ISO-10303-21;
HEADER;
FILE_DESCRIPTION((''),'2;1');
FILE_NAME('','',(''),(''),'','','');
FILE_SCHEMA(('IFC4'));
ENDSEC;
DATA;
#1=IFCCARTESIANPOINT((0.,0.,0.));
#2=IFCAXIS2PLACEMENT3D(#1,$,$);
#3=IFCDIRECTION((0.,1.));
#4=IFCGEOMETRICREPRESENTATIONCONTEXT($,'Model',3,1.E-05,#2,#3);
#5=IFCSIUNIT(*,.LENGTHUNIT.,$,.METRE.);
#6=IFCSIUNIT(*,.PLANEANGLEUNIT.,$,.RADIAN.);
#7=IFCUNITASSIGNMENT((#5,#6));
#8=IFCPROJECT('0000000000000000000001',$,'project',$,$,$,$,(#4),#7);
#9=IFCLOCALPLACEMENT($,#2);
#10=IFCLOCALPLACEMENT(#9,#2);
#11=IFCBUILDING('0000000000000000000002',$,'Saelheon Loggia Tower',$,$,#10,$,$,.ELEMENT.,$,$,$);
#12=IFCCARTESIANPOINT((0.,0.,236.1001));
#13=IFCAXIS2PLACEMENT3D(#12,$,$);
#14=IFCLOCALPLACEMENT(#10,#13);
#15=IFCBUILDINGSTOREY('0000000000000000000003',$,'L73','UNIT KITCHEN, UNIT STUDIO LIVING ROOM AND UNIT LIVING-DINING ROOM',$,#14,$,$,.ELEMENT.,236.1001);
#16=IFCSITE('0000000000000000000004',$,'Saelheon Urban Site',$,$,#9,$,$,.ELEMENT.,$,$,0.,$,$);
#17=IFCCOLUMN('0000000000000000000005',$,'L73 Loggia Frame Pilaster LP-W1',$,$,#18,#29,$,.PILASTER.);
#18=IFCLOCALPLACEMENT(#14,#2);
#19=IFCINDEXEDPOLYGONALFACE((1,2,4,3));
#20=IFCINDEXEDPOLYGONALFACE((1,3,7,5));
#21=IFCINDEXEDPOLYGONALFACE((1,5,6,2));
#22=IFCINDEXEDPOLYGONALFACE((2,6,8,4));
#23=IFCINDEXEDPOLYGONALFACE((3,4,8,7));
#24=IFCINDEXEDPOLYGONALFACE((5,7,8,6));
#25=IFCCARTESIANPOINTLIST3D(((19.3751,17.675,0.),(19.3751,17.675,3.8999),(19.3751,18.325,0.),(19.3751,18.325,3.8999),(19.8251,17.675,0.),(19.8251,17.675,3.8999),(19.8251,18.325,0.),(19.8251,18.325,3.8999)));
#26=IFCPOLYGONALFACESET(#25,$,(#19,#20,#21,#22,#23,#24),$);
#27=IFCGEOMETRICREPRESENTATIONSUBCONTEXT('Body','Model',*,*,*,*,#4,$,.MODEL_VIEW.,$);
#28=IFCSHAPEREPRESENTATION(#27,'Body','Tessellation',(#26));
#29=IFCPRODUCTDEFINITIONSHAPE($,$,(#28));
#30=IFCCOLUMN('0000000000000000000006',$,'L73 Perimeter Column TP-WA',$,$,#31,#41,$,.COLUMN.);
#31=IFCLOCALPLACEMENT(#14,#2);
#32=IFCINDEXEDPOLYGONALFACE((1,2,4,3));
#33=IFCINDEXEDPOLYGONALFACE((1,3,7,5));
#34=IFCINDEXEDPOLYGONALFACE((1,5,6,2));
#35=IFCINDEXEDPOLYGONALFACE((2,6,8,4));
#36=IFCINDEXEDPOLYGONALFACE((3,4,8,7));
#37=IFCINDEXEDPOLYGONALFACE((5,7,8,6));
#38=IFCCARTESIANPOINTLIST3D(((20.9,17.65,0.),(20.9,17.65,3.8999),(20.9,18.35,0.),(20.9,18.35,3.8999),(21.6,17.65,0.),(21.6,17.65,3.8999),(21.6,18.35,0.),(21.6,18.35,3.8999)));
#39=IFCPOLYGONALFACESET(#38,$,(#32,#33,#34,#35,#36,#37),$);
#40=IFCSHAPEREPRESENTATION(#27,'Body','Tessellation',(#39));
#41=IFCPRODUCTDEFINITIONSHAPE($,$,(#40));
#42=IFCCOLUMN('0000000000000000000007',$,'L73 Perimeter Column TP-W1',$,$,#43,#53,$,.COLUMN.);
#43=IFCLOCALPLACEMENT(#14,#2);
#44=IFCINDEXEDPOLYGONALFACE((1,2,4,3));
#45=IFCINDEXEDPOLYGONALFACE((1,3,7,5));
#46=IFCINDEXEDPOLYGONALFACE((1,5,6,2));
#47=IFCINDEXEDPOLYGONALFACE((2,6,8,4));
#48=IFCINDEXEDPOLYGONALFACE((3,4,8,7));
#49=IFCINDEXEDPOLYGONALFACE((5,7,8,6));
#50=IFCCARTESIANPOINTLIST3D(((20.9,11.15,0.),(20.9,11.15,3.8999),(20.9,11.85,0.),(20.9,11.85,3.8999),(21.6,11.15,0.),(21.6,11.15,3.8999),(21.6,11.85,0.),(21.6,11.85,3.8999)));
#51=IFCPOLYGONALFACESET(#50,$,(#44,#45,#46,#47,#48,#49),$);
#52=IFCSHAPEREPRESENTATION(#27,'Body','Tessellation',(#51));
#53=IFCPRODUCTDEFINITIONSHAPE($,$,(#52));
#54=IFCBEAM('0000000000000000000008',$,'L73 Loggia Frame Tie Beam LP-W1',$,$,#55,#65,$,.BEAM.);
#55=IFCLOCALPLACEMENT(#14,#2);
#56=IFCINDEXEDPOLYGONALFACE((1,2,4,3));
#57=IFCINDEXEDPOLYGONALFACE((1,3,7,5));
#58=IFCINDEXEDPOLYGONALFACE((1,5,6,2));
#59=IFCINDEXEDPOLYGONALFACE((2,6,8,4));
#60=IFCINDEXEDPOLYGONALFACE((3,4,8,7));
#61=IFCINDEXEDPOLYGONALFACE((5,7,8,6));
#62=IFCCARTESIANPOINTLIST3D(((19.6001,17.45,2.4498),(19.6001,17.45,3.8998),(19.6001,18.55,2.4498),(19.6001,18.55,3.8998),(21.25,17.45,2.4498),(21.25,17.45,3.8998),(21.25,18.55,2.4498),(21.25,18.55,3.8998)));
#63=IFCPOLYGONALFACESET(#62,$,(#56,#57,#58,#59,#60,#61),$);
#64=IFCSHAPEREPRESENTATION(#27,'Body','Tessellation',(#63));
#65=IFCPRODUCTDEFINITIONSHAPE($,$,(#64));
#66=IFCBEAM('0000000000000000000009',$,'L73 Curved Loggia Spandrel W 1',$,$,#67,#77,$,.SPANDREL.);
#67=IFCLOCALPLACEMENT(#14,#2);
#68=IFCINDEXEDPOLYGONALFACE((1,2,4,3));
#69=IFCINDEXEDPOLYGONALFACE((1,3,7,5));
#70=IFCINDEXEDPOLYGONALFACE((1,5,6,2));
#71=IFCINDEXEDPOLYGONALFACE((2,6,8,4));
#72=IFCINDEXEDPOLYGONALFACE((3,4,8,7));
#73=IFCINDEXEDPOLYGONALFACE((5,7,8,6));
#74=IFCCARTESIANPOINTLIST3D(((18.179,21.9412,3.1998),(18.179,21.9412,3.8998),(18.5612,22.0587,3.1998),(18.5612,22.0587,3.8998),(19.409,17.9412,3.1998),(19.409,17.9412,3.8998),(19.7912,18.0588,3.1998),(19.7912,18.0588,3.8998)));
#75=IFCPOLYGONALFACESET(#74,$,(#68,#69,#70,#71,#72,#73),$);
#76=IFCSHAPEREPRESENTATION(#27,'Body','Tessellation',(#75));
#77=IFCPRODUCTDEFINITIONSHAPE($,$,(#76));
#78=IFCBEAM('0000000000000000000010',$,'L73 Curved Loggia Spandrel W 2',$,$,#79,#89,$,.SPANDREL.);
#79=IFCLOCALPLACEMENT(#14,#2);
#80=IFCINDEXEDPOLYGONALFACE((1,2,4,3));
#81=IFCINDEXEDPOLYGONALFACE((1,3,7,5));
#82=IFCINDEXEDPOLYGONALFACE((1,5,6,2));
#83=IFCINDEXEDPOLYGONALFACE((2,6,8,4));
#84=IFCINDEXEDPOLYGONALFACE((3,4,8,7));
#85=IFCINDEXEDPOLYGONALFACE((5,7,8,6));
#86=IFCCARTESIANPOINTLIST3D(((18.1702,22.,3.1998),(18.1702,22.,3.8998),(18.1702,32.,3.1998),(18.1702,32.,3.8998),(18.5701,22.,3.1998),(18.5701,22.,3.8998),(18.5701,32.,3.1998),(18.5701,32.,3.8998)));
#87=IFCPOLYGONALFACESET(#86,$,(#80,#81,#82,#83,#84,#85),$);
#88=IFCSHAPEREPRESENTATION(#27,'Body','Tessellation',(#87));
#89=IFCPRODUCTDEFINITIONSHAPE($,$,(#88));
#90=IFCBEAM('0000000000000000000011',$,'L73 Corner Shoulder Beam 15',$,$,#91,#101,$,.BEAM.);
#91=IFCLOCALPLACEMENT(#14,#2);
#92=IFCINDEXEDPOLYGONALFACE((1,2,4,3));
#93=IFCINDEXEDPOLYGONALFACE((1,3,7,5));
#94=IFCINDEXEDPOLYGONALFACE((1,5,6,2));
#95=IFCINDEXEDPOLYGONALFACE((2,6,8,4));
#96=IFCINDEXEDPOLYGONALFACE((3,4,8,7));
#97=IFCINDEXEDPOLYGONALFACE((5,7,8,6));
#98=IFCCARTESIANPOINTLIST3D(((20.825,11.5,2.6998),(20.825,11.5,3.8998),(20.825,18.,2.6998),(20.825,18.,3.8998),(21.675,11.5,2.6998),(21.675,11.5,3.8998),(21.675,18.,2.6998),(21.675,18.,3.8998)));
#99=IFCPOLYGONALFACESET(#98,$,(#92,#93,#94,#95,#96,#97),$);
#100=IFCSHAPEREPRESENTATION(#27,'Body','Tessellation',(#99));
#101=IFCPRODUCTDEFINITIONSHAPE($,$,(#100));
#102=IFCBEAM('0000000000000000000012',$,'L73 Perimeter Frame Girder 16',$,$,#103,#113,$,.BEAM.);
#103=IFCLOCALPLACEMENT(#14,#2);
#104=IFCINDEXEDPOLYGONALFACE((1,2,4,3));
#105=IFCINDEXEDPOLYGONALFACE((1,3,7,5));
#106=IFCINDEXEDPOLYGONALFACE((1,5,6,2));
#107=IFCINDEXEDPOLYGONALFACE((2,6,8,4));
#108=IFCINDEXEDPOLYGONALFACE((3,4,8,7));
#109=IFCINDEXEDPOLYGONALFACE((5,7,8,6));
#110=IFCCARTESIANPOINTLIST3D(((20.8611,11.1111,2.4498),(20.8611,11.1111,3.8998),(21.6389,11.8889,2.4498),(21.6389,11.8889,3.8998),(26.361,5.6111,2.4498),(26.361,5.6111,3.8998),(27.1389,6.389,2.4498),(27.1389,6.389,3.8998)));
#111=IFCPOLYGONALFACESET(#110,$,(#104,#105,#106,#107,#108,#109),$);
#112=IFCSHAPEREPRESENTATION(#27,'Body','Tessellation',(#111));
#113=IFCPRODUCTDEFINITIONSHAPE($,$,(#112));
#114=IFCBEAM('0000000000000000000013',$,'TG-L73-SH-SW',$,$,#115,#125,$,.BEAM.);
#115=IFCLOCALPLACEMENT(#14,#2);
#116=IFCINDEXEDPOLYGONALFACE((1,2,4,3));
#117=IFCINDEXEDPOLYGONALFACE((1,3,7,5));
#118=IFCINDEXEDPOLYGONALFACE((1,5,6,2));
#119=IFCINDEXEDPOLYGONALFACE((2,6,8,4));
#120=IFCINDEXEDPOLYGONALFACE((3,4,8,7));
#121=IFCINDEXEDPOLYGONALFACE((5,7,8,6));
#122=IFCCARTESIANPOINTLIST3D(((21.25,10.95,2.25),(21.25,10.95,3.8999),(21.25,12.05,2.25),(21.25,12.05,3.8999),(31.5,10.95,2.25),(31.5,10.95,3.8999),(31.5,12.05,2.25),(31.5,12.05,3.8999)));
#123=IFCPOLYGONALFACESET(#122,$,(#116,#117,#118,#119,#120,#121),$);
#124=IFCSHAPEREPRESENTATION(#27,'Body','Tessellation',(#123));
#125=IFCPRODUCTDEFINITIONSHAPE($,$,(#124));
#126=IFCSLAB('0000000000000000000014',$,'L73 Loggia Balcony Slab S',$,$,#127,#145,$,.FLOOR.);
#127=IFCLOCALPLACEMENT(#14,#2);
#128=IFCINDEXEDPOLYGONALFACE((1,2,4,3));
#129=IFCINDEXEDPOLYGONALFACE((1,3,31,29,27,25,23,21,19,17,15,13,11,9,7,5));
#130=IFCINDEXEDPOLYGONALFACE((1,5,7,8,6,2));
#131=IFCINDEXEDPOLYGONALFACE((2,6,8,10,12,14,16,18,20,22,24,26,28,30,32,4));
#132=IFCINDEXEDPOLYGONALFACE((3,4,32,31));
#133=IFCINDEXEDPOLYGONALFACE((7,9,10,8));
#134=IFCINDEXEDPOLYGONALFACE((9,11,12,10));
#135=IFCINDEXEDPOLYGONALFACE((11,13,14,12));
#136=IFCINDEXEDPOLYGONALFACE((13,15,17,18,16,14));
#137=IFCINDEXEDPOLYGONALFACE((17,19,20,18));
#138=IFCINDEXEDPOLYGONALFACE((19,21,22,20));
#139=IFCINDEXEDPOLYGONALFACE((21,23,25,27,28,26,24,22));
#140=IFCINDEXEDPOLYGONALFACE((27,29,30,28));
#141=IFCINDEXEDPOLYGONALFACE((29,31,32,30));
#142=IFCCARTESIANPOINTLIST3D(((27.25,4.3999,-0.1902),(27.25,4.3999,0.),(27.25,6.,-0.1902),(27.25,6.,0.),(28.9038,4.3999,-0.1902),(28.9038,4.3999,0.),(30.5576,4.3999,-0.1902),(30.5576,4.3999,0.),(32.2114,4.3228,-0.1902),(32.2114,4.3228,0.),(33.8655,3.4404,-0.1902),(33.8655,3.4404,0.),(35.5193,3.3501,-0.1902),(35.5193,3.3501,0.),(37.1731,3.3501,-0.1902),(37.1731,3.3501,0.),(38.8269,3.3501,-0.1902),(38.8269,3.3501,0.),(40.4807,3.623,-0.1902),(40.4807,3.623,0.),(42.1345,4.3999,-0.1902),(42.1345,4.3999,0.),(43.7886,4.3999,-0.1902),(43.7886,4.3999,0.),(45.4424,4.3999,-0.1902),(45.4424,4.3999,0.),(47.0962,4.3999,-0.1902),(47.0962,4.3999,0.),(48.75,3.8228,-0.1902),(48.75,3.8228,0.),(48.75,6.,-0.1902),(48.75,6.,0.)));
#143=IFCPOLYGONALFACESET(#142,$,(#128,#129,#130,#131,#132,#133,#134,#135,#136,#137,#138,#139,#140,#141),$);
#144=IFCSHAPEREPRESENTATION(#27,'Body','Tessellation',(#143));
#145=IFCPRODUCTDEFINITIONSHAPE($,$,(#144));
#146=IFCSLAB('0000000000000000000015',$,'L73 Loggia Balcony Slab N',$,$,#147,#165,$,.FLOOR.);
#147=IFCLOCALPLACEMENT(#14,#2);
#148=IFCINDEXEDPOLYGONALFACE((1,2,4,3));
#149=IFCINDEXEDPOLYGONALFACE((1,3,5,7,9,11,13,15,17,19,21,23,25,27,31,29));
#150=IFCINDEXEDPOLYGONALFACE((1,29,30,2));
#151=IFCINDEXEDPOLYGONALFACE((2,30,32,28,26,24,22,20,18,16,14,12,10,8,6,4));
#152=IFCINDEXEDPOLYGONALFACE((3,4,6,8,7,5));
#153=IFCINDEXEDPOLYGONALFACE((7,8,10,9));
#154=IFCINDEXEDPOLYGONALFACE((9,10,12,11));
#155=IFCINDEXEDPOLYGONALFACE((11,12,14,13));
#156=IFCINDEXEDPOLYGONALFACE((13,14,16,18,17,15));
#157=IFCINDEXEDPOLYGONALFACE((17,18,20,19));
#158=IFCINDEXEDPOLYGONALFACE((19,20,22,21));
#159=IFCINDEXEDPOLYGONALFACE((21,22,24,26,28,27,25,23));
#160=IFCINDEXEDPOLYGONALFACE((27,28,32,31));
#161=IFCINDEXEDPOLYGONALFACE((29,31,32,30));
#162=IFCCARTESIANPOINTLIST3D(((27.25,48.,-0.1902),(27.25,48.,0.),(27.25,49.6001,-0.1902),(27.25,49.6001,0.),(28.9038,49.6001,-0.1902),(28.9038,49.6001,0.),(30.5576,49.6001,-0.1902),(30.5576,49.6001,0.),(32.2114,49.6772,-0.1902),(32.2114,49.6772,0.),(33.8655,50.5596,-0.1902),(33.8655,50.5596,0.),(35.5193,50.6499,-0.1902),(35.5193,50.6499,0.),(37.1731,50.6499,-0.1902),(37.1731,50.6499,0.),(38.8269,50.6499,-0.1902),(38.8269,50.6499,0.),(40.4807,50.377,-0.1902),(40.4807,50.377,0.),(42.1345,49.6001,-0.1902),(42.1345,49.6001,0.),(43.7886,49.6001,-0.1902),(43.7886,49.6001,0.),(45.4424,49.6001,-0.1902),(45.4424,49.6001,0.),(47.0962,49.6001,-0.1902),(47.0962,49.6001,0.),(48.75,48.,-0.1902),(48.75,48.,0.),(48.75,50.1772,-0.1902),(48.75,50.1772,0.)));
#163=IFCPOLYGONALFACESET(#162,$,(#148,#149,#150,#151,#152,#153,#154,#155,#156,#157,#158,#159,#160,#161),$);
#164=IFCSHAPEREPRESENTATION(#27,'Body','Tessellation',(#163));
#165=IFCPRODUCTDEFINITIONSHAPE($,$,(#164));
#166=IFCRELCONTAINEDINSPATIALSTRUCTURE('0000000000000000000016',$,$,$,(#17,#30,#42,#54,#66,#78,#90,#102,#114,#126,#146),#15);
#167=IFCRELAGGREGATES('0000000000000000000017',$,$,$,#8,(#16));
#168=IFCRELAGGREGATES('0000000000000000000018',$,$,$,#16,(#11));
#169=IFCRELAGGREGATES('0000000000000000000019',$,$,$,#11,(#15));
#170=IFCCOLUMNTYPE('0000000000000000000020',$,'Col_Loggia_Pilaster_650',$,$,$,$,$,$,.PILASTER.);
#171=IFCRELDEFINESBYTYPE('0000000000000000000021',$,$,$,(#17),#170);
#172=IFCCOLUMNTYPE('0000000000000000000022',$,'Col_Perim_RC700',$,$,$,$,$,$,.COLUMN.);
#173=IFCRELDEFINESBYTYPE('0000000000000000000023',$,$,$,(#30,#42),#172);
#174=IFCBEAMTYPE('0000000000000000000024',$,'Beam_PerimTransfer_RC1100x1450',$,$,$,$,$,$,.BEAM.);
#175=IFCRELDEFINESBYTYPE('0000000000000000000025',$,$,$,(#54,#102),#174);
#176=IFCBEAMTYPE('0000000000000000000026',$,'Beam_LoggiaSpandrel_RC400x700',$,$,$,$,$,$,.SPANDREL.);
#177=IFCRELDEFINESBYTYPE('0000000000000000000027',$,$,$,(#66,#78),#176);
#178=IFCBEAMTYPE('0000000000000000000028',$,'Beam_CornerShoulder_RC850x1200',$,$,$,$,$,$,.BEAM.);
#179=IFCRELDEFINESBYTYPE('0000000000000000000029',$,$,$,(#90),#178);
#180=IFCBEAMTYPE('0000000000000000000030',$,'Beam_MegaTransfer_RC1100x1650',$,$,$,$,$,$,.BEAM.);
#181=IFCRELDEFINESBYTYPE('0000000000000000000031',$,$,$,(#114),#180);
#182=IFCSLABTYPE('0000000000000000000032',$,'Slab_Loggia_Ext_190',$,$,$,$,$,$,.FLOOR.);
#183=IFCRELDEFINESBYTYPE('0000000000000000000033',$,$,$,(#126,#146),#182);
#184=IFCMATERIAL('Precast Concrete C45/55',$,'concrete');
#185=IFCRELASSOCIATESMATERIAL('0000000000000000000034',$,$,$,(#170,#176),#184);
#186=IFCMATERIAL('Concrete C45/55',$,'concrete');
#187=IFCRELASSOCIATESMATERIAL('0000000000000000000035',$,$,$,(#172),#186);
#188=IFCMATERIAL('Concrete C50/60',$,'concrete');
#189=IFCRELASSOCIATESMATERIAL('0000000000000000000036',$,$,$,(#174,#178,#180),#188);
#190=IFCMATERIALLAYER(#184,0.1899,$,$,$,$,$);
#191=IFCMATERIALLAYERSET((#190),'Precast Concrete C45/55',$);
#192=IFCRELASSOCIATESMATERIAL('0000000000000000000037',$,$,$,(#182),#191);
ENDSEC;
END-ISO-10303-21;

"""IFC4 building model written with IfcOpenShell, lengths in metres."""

from ifc_helpers import new_model, si_unit, direction, frame, origin, origin_2d, place, context, subcontext, project, spatial, polyline, rectangle, outline, extrude, source, transform, mapped, material, layer, layer_set, material_profile, profile_set, type_object, element, save


model = new_model("IFC4")

# Units and contexts
model_context = context("Model", 3, precision=1e-05, world=origin(), true_north=direction((0.0, 1.0)))
body_context = subcontext(model_context, "Body", "Model", "MODEL_VIEW")
ifc_project = project(units=[si_unit("LENGTHUNIT", "METRE"), si_unit("PLANEANGLEUNIT", "RADIAN")], contexts=[model_context])

# Site, building, storey
site_placement = place(None, origin())
site = spatial("IfcSite", under=ifc_project, at=site_placement, Name="Saelheon Urban Site", CompositionType="ELEMENT", RefElevation=0.0)
building_placement = place(site_placement, origin())
building = spatial("IfcBuilding", under=site, at=building_placement, Name="Saelheon Loggia Tower", CompositionType="ELEMENT")
storey_placement = place(building_placement, frame((0.0, 0.0, 236.1001)))
storey = spatial("IfcBuildingStorey", under=building, at=storey_placement, Name="L73", Description="UNIT KITCHEN, UNIT STUDIO LIVING ROOM AND UNIT LIVING-DINING ROOM", CompositionType="ELEMENT", Elevation=236.1001)

# Columns
ifc_material_1 = material(Name="Precast Concrete C45/55", Category="concrete")
ifc_material_profile_1 = material_profile(ifc_material_1, rectangle(XDim=0.45, YDim=0.6499, at=origin_2d()), Name="RC-450x650")
ifc_profile_set_1 = profile_set([ifc_material_profile_1], Name="Precast Concrete C45/55")
column_type_1 = type_object("IfcColumnType", Name="Col_Loggia_Pilaster_650", PredefinedType="PILASTER", material=ifc_profile_set_1)
shared_shape_1 = source(origin(), body_context, "Body", "SweptSolid", [
    extrude(rectangle(XDim=0.45, YDim=0.6499, at=origin_2d()), origin(), (0.0, 0.0, 1.0), 3.8999),
])
column_placement = place(storey_placement, frame((19.6001, 18.0, 0.0), z_axis=(0.0, 0.0, 1.0), x_axis=(1.0, 0.0, 0.0)))
element("IfcColumn", 1, at=column_placement, inside=storey, type_object=column_type_1, Name="L73 Loggia Frame Pilaster LP-W1", PredefinedType="PILASTER", context=body_context, shape_type="MappedRepresentation", body=[
    mapped(shared_shape_1, transform((0.0, 0.0, 0.0), scale=1.0)),
])
ifc_material_2 = material(Name="Concrete C45/55", Category="concrete")
ifc_material_profile_2 = material_profile(ifc_material_2, rectangle(XDim=0.7, YDim=0.7, at=origin_2d()), Name="RC-700x700")
ifc_profile_set_2 = profile_set([ifc_material_profile_2], Name="Concrete C45/55")
column_type_2 = type_object("IfcColumnType", Name="Col_Perim_RC700", PredefinedType="COLUMN", material=ifc_profile_set_2)
shared_shape_2 = source(origin(), body_context, "Body", "SweptSolid", [
    extrude(rectangle(XDim=0.7, YDim=0.7, at=origin_2d()), origin(), (0.0, 0.0, 1.0), 3.8999),
])
for number, where, z_axis, x_axis, name in (
    (2, (21.25, 18.0, 0.0), (0.0, 0.0, 1.0), (1.0, 0.0, 0.0), "L73 Perimeter Column TP-WA"),
    (3, (21.25, 11.5, 0.0), (0.0, 0.0, 1.0), (1.0, 0.0, 0.0), "L73 Perimeter Column TP-W1"),
):
    element("IfcColumn", number, at=place(storey_placement, frame(where, z_axis=z_axis, x_axis=x_axis)), inside=storey, type_object=column_type_2, Name=name, PredefinedType="COLUMN", context=body_context, shape_type="MappedRepresentation", body=[
        mapped(shared_shape_2, transform((0.0, 0.0, 0.0), scale=1.0)),
    ])

# Beams
ifc_material_3 = material(Name="Concrete C50/60", Category="concrete")
ifc_material_profile_3 = material_profile(ifc_material_3, rectangle(XDim=1.1001, YDim=1.45, at=origin_2d()), Name="RC-1100x1450")
ifc_profile_set_3 = profile_set([ifc_material_profile_3], Name="Concrete C50/60")
beam_type_1 = type_object("IfcBeamType", Name="Beam_PerimTransfer_RC1100x1450", PredefinedType="BEAM", material=ifc_profile_set_3)
shared_shape_3 = source(origin(), body_context, "Body", "SweptSolid", [
    extrude(rectangle(XDim=1.1001, YDim=1.45, at=origin_2d()), origin(), (0.0, 0.0, 1.0), 1.6499),
])
beam_1_placement = place(storey_placement, frame((21.25, 18.0, 3.1748), z_axis=(-1.0, 0.0, 0.0), x_axis=(0.0, -1.0, 0.0)))
element("IfcBeam", 4, at=beam_1_placement, inside=storey, type_object=beam_type_1, Name="L73 Loggia Frame Tie Beam LP-W1", PredefinedType="BEAM", context=body_context, shape_type="MappedRepresentation", body=[
    mapped(shared_shape_3, transform((0.0, 0.0, 0.0), scale=1.0)),
])
ifc_material_profile_4 = material_profile(ifc_material_1, rectangle(XDim=0.3999, YDim=0.7, at=origin_2d()), Name="RC-400x700")
ifc_profile_set_4 = profile_set([ifc_material_profile_4], Name="Precast Concrete C45/55")
beam_type_2 = type_object("IfcBeamType", Name="Beam_LoggiaSpandrel_RC400x700", PredefinedType="SPANDREL", material=ifc_profile_set_4)
shared_shape_4 = source(origin(), body_context, "Body", "SweptSolid", [
    extrude(rectangle(XDim=0.3999, YDim=0.7, at=origin_2d()), origin(), (0.0, 0.0, 1.0), 4.1848),
])
beam_2_placement = place(storey_placement, frame((19.6001, 18.0, 3.5498), z_axis=(-0.293914, 0.955832, 0.0), x_axis=(-0.955832, -0.293914, 0.0)))
element("IfcBeam", 5, at=beam_2_placement, inside=storey, type_object=beam_type_2, Name="L73 Curved Loggia Spandrel W 1", PredefinedType="SPANDREL", context=body_context, shape_type="MappedRepresentation", body=[
    mapped(shared_shape_4, transform((0.0, 0.0, 0.0), scale=1.0)),
])
shared_shape_5 = source(origin(), body_context, "Body", "SweptSolid", [
    extrude(rectangle(XDim=0.3999, YDim=0.7, at=origin_2d()), origin(), (0.0, 0.0, 1.0), 10.0),
])
beam_3_placement = place(storey_placement, frame((18.3701, 22.0, 3.5498), z_axis=(0.0, 1.0, 0.0), x_axis=(-1.0, 0.0, 0.0)))
element("IfcBeam", 6, at=beam_3_placement, inside=storey, type_object=beam_type_2, Name="L73 Curved Loggia Spandrel W 2", PredefinedType="SPANDREL", context=body_context, shape_type="MappedRepresentation", body=[
    mapped(shared_shape_5, transform((0.0, 0.0, 0.0), scale=1.0)),
])
ifc_material_profile_5 = material_profile(ifc_material_3, rectangle(XDim=0.8501, YDim=1.2, at=origin_2d()), Name="RC-850x1200")
ifc_profile_set_5 = profile_set([ifc_material_profile_5], Name="Concrete C50/60")
beam_type_3 = type_object("IfcBeamType", Name="Beam_CornerShoulder_RC850x1200", PredefinedType="BEAM", material=ifc_profile_set_5)
shared_shape_6 = source(origin(), body_context, "Body", "SweptSolid", [
    extrude(rectangle(XDim=0.8501, YDim=1.2, at=origin_2d()), origin(), (0.0, 0.0, 1.0), 6.5),
])
beam_4_placement = place(storey_placement, frame((21.25, 18.0, 3.2998), z_axis=(0.0, -1.0, 0.0), x_axis=(1.0, 0.0, 0.0)))
element("IfcBeam", 7, at=beam_4_placement, inside=storey, type_object=beam_type_3, Name="L73 Corner Shoulder Beam 15", PredefinedType="BEAM", context=body_context, shape_type="MappedRepresentation", body=[
    mapped(shared_shape_6, transform((0.0, 0.0, 0.0), scale=1.0)),
])
shared_shape_7 = source(origin(), body_context, "Body", "SweptSolid", [
    extrude(rectangle(XDim=1.1001, YDim=1.45, at=origin_2d()), origin(), (0.0, 0.0, 1.0), 7.7781),
])
beam_5_placement = place(storey_placement, frame((21.25, 11.5, 3.1748), z_axis=(0.707107, -0.707107, 0.0), x_axis=(0.707107, 0.707107, 0.0)))
element("IfcBeam", 8, at=beam_5_placement, inside=storey, type_object=beam_type_1, Name="L73 Perimeter Frame Girder 16", PredefinedType="BEAM", context=body_context, shape_type="MappedRepresentation", body=[
    mapped(shared_shape_7, transform((0.0, 0.0, 0.0), scale=1.0)),
])
ifc_material_profile_6 = material_profile(ifc_material_3, rectangle(XDim=1.1001, YDim=1.6499, at=origin_2d()), Name="RC-1100x1650")
ifc_profile_set_6 = profile_set([ifc_material_profile_6], Name="Concrete C50/60")
beam_type_4 = type_object("IfcBeamType", Name="Beam_MegaTransfer_RC1100x1650", PredefinedType="BEAM", material=ifc_profile_set_6)
shared_shape_8 = source(origin(), body_context, "Body", "SweptSolid", [
    extrude(rectangle(XDim=1.1001, YDim=1.6499, at=origin_2d()), origin(), (0.0, 0.0, 1.0), 10.25),
])
beam_6_placement = place(storey_placement, frame((21.25, 11.5, 3.075), z_axis=(1.0, 0.0, 0.0), x_axis=(0.0, 1.0, 0.0)))
element("IfcBeam", 9, at=beam_6_placement, inside=storey, type_object=beam_type_4, Name="TG-L73-SH-SW", PredefinedType="BEAM", context=body_context, shape_type="MappedRepresentation", body=[
    mapped(shared_shape_8, transform((0.0, 0.0, 0.0), scale=1.0)),
])

# Slabs
ifc_layer_1 = layer(ifc_material_1, 0.1899)
ifc_layer_set_1 = layer_set([ifc_layer_1], Name="Precast Concrete C45/55")
slab_type_1 = type_object("IfcSlabType", Name="Slab_Loggia_Ext_190", PredefinedType="FLOOR", material=ifc_layer_set_1)
slab_1_placement = place(storey_placement, frame((0.0, 0.0, -0.1902)))
element("IfcSlab", 10, at=slab_1_placement, inside=storey, type_object=slab_type_1, Name="L73 Loggia Balcony Slab S", PredefinedType="FLOOR", context=body_context, shape_type="SweptSolid", body=[
    extrude(outline(polyline([(27.25, 4.3999), (28.9038, 4.3999), (30.5576, 4.3999), (32.2114, 4.3228), (33.8655, 3.4404), (35.5193, 3.3501), (37.1731, 3.3501), (38.8269, 3.3501), (40.4807, 3.623), (42.1345, 4.3999), (43.7886, 4.3999), (45.4424, 4.3999), (47.0962, 4.3999), (48.75, 3.8228), (48.75, 6.0), (27.25, 6.0), (27.25, 4.3999)])), origin(), (0.0, 0.0, 1.0), 0.1902),
])
slab_2_placement = place(storey_placement, frame((0.0, 0.0, -0.1902)))
element("IfcSlab", 11, at=slab_2_placement, inside=storey, type_object=slab_type_1, Name="L73 Loggia Balcony Slab N", PredefinedType="FLOOR", context=body_context, shape_type="SweptSolid", body=[
    extrude(outline(polyline([(27.25, 48.0), (48.75, 48.0), (48.75, 50.1772), (47.0962, 49.6001), (45.4424, 49.6001), (43.7886, 49.6001), (42.1345, 49.6001), (40.4807, 50.377), (38.8269, 50.6499), (37.1731, 50.6499), (35.5193, 50.6499), (33.8655, 50.5596), (32.2114, 49.6772), (30.5576, 49.6001), (28.9038, 49.6001), (27.25, 49.6001), (27.25, 48.0)])), origin(), (0.0, 0.0, 1.0), 0.1902),
])

save(model, "model.ifc")
